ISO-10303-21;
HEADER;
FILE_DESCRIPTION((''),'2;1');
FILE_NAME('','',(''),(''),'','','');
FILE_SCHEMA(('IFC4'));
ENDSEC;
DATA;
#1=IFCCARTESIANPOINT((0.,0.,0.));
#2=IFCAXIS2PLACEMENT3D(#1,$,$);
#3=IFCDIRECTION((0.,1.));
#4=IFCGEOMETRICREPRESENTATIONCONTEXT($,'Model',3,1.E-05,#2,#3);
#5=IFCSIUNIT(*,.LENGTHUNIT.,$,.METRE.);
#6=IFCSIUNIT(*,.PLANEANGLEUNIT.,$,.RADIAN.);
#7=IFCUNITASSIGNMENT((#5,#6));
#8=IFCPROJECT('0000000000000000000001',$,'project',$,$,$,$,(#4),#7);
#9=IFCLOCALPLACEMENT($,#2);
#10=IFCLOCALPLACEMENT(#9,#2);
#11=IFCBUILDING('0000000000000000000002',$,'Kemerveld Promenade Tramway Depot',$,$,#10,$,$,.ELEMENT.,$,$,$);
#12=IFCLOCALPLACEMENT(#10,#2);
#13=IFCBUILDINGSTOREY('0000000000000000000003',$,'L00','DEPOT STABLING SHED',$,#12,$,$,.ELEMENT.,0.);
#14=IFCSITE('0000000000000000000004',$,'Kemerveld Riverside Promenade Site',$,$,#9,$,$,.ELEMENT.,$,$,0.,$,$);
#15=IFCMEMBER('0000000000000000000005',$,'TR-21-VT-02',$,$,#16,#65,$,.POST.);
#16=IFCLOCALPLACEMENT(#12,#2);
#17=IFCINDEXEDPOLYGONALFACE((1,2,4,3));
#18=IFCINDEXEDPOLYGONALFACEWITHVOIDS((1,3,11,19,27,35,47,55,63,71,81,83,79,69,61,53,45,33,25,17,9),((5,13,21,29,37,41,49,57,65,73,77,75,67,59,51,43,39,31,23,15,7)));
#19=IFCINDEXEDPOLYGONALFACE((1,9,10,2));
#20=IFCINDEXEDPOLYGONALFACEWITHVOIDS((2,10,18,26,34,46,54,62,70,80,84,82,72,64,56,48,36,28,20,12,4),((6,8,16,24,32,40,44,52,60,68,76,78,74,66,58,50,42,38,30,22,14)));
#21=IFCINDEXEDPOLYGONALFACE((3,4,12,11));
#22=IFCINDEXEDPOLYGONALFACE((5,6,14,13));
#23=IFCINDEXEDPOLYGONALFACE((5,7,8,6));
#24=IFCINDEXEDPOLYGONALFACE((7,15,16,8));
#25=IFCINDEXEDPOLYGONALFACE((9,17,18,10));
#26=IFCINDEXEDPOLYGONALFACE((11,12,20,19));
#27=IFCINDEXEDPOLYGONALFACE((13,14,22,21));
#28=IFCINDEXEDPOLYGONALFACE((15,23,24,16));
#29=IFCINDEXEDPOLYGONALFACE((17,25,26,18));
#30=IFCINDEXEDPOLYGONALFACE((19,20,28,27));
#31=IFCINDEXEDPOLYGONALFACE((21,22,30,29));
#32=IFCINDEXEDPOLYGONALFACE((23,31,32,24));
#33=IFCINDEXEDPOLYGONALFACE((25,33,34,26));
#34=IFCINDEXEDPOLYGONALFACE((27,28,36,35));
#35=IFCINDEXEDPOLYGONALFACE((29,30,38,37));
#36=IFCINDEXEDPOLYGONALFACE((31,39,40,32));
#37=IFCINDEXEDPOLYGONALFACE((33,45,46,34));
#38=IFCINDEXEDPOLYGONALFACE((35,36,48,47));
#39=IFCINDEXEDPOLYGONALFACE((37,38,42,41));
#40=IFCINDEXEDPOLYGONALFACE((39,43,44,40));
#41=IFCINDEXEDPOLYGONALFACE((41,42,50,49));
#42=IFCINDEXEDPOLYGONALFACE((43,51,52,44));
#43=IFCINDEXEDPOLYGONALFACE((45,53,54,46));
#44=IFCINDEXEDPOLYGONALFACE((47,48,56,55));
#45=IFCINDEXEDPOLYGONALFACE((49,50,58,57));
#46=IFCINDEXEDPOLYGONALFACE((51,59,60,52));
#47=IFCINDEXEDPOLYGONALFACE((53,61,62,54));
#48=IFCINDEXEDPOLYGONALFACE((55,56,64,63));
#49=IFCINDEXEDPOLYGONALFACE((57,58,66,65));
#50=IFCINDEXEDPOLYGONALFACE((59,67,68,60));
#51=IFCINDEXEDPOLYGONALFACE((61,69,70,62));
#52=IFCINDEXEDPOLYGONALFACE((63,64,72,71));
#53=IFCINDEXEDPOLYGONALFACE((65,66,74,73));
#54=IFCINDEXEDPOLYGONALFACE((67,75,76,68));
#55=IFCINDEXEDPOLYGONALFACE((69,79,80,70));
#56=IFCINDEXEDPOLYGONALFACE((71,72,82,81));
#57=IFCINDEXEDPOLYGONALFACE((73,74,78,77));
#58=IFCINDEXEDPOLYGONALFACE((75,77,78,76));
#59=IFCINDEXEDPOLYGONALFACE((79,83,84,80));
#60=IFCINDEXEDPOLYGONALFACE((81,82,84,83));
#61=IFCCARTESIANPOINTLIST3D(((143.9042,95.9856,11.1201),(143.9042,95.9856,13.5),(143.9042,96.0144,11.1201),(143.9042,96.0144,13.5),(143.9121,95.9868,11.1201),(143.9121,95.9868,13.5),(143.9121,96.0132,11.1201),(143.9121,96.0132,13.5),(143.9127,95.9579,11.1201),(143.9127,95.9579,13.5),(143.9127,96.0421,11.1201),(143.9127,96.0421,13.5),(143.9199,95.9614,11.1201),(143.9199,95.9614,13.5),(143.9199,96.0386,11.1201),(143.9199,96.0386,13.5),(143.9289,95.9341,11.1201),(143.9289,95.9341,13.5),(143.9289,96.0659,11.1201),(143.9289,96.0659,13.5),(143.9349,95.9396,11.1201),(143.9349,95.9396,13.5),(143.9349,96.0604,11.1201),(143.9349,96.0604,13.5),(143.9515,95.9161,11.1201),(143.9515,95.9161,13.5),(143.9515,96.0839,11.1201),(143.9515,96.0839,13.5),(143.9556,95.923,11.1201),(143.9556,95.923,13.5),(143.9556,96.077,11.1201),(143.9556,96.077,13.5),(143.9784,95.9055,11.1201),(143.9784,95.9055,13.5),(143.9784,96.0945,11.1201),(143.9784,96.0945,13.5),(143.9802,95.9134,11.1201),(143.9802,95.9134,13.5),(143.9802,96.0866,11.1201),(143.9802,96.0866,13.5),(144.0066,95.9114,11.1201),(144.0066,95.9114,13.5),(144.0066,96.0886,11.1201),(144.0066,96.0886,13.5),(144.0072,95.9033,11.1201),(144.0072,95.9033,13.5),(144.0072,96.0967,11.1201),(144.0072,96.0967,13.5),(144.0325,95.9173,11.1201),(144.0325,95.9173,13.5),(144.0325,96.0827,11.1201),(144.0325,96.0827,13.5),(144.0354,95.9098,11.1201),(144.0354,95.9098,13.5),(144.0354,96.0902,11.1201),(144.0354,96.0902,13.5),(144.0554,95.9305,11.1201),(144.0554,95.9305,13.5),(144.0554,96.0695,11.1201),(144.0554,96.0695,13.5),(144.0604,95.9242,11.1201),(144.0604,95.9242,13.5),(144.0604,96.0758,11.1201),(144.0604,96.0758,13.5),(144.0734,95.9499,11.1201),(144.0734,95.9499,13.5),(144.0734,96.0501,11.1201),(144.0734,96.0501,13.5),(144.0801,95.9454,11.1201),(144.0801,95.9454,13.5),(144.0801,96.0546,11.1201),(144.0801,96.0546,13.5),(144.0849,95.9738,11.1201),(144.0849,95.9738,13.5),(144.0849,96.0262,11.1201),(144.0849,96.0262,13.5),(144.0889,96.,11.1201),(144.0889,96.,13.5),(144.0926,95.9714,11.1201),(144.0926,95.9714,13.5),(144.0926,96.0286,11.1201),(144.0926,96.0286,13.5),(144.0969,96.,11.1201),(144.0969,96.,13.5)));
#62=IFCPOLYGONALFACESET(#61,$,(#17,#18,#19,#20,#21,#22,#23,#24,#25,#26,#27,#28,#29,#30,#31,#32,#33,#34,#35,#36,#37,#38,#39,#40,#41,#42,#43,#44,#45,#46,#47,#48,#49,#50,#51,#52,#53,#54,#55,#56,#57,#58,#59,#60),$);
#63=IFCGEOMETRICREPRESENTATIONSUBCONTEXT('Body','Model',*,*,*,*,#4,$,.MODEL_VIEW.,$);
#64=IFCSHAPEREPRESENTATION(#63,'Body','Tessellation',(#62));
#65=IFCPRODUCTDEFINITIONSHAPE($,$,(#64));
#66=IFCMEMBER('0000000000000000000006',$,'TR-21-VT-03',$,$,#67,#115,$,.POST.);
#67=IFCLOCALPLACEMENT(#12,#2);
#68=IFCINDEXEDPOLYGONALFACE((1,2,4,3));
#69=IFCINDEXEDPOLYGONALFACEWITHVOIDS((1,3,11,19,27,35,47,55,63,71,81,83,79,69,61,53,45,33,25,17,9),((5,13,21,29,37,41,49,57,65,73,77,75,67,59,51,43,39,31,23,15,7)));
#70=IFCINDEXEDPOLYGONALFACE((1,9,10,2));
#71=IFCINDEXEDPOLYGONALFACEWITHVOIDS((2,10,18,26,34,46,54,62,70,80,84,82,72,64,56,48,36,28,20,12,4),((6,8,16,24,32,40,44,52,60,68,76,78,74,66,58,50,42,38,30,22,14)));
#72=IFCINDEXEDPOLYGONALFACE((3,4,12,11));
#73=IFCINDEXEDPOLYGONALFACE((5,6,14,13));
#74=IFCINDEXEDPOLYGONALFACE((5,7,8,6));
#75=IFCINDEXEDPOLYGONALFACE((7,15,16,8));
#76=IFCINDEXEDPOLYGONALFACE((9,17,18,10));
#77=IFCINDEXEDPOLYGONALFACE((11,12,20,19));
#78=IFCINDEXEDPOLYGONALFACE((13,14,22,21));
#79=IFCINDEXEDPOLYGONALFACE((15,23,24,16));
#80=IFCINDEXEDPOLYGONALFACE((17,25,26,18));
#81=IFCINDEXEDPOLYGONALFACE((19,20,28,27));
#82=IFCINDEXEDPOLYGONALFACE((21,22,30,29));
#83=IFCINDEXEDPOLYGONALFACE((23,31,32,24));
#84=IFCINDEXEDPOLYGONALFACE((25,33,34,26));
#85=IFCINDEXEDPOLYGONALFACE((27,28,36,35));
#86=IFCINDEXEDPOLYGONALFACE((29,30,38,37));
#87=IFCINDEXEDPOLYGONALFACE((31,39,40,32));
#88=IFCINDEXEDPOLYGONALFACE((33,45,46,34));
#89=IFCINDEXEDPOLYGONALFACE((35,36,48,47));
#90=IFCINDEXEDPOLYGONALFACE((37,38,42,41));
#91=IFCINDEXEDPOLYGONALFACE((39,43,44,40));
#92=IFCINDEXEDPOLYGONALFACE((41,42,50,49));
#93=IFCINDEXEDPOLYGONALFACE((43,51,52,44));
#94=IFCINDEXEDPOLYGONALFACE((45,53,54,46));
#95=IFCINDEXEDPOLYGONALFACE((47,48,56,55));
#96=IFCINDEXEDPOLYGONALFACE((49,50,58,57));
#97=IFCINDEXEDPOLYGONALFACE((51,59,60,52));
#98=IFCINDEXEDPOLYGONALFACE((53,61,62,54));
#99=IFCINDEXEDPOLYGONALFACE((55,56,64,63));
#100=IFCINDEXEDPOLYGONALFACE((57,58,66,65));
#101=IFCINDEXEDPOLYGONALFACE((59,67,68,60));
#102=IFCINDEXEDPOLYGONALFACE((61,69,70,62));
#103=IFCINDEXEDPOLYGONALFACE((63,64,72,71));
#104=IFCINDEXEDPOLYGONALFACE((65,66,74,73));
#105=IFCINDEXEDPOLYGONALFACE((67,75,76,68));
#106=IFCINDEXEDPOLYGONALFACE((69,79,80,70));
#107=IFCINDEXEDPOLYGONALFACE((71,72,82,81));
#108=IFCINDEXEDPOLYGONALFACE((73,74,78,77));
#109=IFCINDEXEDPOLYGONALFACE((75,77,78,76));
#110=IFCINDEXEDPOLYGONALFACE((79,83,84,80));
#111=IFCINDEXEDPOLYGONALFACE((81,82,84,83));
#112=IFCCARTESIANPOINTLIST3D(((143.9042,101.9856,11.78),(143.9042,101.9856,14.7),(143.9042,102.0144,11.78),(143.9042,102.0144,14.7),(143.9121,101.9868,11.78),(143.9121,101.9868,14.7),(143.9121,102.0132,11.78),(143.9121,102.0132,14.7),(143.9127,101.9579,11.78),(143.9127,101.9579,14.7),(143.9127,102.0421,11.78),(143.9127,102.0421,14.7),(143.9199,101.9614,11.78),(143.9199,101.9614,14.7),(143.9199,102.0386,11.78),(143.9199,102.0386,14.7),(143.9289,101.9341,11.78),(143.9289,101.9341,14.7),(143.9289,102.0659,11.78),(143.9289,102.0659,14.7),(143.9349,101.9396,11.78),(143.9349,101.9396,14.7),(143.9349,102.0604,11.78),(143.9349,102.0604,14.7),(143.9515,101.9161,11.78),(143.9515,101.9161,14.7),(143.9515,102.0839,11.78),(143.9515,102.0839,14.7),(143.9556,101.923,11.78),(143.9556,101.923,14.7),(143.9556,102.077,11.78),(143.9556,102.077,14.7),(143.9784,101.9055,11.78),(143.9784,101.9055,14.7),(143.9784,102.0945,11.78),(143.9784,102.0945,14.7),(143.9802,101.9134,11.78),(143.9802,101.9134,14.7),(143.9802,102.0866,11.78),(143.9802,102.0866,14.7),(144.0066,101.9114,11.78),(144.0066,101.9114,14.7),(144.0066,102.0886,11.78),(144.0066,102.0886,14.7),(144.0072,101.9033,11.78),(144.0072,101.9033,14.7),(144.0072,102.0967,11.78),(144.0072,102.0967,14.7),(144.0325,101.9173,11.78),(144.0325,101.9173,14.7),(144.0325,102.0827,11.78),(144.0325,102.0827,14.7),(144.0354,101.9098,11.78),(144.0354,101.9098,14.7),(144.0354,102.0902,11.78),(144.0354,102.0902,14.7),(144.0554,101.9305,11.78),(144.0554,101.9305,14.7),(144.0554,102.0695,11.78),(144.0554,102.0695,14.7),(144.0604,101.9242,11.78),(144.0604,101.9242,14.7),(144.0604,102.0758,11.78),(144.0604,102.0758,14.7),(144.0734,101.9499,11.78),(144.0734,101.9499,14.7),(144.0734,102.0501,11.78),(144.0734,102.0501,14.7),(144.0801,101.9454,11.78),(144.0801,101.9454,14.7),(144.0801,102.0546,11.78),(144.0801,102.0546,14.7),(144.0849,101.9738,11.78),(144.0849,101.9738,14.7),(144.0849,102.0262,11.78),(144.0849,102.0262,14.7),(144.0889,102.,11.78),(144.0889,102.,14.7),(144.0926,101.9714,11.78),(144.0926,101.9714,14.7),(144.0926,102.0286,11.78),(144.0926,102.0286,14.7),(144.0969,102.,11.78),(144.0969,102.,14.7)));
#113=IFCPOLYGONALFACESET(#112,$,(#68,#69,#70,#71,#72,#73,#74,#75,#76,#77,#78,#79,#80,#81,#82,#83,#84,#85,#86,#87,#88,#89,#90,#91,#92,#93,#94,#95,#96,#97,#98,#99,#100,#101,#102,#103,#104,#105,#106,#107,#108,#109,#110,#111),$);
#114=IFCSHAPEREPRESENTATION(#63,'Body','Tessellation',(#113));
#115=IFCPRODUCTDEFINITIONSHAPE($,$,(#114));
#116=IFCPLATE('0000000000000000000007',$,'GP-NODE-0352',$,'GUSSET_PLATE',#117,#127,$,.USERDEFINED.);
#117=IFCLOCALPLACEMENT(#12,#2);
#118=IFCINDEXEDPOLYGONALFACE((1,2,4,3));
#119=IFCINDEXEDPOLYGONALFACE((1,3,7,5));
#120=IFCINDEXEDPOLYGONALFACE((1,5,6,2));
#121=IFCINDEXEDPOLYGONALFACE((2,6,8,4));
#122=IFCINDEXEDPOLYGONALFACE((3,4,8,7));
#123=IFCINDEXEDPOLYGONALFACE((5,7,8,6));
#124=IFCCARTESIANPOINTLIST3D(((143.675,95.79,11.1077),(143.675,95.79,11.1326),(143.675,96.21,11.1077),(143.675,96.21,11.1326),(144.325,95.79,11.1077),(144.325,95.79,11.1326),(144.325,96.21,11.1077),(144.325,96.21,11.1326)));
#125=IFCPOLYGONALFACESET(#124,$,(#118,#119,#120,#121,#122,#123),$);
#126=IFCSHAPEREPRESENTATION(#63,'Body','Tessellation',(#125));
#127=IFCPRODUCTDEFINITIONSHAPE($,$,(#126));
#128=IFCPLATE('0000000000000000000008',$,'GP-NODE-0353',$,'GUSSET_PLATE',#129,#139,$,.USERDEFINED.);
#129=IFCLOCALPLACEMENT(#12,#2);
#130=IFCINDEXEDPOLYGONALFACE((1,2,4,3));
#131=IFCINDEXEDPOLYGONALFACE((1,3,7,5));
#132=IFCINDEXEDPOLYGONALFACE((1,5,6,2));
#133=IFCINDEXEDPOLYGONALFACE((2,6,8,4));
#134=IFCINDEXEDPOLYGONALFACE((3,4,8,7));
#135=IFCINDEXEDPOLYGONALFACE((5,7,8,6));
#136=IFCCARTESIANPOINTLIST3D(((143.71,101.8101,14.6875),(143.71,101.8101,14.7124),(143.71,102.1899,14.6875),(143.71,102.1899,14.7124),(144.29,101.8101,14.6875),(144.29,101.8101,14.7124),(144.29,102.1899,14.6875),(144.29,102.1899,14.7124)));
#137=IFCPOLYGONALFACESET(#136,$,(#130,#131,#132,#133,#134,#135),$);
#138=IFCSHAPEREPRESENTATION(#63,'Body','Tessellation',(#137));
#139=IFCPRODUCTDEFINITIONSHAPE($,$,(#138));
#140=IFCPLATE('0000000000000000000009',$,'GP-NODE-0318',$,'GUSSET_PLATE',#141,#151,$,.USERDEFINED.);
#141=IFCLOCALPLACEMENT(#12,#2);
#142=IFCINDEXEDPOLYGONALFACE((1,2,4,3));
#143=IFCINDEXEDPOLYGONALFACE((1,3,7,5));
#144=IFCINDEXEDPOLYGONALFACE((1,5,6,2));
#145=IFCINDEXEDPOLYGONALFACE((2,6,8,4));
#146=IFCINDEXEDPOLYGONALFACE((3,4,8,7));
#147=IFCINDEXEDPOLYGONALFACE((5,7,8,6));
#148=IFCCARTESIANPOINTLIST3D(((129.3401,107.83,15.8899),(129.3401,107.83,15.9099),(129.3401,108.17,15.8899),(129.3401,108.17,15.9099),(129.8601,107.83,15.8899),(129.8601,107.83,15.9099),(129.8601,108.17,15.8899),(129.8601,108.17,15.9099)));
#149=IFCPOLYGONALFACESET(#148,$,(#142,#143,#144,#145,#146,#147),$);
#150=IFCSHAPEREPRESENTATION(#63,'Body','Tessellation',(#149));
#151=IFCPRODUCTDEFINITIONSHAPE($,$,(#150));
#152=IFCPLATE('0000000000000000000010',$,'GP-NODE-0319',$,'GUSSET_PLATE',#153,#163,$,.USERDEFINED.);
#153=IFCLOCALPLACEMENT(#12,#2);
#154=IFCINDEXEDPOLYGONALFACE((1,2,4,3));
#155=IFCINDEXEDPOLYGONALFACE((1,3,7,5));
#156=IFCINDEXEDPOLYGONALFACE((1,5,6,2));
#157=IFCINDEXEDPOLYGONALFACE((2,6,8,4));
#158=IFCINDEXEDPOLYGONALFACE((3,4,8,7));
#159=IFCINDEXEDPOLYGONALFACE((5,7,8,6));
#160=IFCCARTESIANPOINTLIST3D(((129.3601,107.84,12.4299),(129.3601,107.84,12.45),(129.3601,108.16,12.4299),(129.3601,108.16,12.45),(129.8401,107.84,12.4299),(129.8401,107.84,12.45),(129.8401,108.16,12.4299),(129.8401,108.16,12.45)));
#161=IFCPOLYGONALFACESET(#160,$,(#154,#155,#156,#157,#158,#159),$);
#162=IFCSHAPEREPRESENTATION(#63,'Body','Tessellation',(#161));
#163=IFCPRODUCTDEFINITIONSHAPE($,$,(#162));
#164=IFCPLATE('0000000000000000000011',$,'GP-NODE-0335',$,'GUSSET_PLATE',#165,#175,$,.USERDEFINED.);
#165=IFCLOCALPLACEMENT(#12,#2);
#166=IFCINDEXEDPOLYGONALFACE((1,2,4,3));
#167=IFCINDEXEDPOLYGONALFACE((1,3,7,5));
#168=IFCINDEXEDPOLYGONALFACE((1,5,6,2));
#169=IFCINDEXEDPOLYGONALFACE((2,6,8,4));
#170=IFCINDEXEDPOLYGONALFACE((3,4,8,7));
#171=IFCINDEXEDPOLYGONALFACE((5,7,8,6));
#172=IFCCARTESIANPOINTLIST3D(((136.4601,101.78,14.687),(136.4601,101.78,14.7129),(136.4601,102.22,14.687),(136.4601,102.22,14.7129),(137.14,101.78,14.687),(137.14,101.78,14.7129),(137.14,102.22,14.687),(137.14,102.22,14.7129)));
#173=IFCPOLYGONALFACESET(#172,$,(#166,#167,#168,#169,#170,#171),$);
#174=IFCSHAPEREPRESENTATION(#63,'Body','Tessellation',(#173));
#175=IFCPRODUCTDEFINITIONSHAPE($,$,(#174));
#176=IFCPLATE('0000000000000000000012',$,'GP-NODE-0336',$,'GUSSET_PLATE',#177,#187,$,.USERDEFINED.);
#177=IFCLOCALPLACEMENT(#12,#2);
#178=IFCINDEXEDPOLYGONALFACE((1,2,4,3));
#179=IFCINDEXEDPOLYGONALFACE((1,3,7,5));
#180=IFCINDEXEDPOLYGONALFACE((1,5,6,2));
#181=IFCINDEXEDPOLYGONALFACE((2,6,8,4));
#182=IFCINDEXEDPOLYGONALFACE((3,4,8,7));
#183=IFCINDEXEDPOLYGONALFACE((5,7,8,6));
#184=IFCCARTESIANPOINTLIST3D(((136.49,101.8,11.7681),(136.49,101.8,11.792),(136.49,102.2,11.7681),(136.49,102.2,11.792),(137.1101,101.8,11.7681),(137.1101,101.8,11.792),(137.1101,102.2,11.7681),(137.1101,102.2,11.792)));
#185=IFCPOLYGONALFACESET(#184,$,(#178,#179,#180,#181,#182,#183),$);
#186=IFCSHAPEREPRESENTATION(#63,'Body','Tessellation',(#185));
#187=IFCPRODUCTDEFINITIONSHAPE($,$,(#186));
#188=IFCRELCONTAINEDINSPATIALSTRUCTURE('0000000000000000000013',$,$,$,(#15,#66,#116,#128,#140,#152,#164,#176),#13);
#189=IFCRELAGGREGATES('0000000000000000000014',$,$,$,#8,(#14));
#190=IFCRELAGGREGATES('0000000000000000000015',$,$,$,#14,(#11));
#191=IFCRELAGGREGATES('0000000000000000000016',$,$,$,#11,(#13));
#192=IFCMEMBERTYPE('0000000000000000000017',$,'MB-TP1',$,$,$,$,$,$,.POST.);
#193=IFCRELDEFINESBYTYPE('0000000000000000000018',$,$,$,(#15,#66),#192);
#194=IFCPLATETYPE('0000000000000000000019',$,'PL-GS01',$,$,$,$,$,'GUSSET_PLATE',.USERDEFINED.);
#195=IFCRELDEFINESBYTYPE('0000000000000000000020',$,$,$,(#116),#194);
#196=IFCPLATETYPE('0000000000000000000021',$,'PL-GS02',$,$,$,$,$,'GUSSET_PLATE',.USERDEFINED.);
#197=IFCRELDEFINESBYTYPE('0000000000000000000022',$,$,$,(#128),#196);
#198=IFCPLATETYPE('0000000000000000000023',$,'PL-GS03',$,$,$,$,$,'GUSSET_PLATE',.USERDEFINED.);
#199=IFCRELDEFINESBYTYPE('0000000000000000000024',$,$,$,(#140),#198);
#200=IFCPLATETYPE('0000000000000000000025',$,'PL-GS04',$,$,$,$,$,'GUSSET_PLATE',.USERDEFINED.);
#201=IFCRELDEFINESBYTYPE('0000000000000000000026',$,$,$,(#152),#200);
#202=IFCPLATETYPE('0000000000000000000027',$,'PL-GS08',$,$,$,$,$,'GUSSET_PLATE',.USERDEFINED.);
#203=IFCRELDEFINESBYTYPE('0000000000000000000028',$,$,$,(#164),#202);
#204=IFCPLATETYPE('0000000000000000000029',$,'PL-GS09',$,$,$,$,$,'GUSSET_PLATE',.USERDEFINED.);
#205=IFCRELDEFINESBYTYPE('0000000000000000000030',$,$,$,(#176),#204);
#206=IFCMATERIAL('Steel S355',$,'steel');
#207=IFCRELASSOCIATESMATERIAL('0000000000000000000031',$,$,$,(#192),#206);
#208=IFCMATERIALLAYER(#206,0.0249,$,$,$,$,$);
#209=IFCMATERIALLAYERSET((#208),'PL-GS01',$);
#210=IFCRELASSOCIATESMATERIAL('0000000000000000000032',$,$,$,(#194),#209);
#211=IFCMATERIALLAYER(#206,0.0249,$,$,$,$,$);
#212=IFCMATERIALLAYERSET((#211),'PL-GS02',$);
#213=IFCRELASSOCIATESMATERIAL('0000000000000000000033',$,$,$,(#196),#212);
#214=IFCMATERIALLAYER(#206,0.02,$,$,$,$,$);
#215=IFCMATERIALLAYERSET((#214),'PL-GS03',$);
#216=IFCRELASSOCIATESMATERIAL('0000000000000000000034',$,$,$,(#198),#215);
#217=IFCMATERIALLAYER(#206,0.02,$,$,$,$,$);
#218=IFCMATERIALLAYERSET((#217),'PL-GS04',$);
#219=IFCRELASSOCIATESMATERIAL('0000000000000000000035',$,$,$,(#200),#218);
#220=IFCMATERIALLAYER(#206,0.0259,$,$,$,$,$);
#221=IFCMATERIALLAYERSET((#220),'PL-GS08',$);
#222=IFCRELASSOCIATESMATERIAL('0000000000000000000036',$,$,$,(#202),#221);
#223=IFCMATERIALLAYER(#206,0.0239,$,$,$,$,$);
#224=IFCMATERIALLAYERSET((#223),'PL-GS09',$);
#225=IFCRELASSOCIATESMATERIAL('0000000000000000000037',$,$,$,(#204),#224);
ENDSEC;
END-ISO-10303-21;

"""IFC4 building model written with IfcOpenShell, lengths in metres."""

from ifc_helpers import new_model, si_unit, direction, frame, origin, origin_2d, place, context, subcontext, project, spatial, rectangle, hollow_circle, extrude, material, layer, layer_set, material_profile, profile_set, type_object, element, save


model = new_model("IFC4")

# Units and contexts
model_context = context("Model", 3, precision=1e-05, world=origin(), true_north=direction((0.0, 1.0)))
body_context = subcontext(model_context, "Body", "Model", "MODEL_VIEW")
ifc_project = project(units=[si_unit("LENGTHUNIT", "METRE"), si_unit("PLANEANGLEUNIT", "RADIAN")], contexts=[model_context])

# Site, building, storey
site_placement = place(None, origin())
site = spatial("IfcSite", under=ifc_project, at=site_placement, Name="Kemerveld Riverside Promenade Site", CompositionType="ELEMENT", RefElevation=0.0)
building_placement = place(site_placement, origin())
building = spatial("IfcBuilding", under=site, at=building_placement, Name="Kemerveld Promenade Tramway Depot", CompositionType="ELEMENT")
storey_placement = place(building_placement, origin())
storey = spatial("IfcBuildingStorey", under=building, at=storey_placement, Name="L00", Description="DEPOT STABLING SHED", CompositionType="ELEMENT", Elevation=0.0)

# Members
ifc_material_1 = material(Name="Steel S355", Category="steel")
ifc_material_profile_1 = material_profile(ifc_material_1, hollow_circle(Radius=0.0969, WallThickness=0.0081, at=origin_2d()), Name="193.7x8.0 CHS")
ifc_profile_set_1 = profile_set([ifc_material_profile_1], Name="Steel S355")
member_type_1 = type_object("IfcMemberType", Name="MB-TP1", PredefinedType="POST", material=ifc_profile_set_1)
member_1_placement = place(storey_placement, frame((144.0, 96.0, 11.1201), z_axis=(0.0, 0.0, 1.0), x_axis=(1.0, 0.0, 0.0)))
element("IfcMember", 1, at=member_1_placement, inside=storey, type_object=member_type_1, Name="TR-21-VT-02", PredefinedType="POST", context=body_context, shape_type="SweptSolid", body=[
    extrude(hollow_circle(Radius=0.0969, WallThickness=0.0081, at=origin_2d()), origin(), (0.0, 0.0, 1.0), 2.3799),
])
member_2_placement = place(storey_placement, frame((144.0, 102.0, 11.78), z_axis=(0.0, 0.0, 1.0), x_axis=(1.0, 0.0, 0.0)))
element("IfcMember", 2, at=member_2_placement, inside=storey, type_object=member_type_1, Name="TR-21-VT-03", PredefinedType="POST", context=body_context, shape_type="SweptSolid", body=[
    extrude(hollow_circle(Radius=0.0969, WallThickness=0.0081, at=origin_2d()), origin(), (0.0, 0.0, 1.0), 2.9199),
])

# Plates
ifc_layer_1 = layer(ifc_material_1, 0.0249)
ifc_layer_set_1 = layer_set([ifc_layer_1], Name="PL-GS01")
plate_type_1 = type_object("IfcPlateType", Name="PL-GS01", ElementType="GUSSET_PLATE", PredefinedType="USERDEFINED", material=ifc_layer_set_1)
plate_1_placement = place(storey_placement, frame((144.0, 96.0, 11.1077), z_axis=(0.0, 0.0, 1.0), x_axis=(1.0, 0.0, 0.0)))
element("IfcPlate", 3, at=plate_1_placement, inside=storey, type_object=plate_type_1, Name="GP-NODE-0352", ObjectType="GUSSET_PLATE", PredefinedType="USERDEFINED", context=body_context, shape_type="SweptSolid", body=[
    extrude(rectangle(XDim=0.6499, YDim=0.4199, at=origin_2d()), origin(), (0.0, 0.0, 1.0), 0.0249),
])
ifc_layer_2 = layer(ifc_material_1, 0.0249)
ifc_layer_set_2 = layer_set([ifc_layer_2], Name="PL-GS02")
plate_type_2 = type_object("IfcPlateType", Name="PL-GS02", ElementType="GUSSET_PLATE", PredefinedType="USERDEFINED", material=ifc_layer_set_2)
plate_2_placement = place(storey_placement, frame((144.0, 102.0, 14.6875), z_axis=(0.0, 0.0, 1.0), x_axis=(1.0, 0.0, 0.0)))
element("IfcPlate", 4, at=plate_2_placement, inside=storey, type_object=plate_type_2, Name="GP-NODE-0353", ObjectType="GUSSET_PLATE", PredefinedType="USERDEFINED", context=body_context, shape_type="SweptSolid", body=[
    extrude(rectangle(XDim=0.5801, YDim=0.3799, at=origin_2d()), origin(), (0.0, 0.0, 1.0), 0.0249),
])
ifc_layer_3 = layer(ifc_material_1, 0.02)
ifc_layer_set_3 = layer_set([ifc_layer_3], Name="PL-GS03")
plate_type_3 = type_object("IfcPlateType", Name="PL-GS03", ElementType="GUSSET_PLATE", PredefinedType="USERDEFINED", material=ifc_layer_set_3)
plate_3_placement = place(storey_placement, frame((129.6001, 108.0, 15.8899), z_axis=(0.0, 0.0, 1.0), x_axis=(1.0, 0.0, 0.0)))
element("IfcPlate", 5, at=plate_3_placement, inside=storey, type_object=plate_type_3, Name="GP-NODE-0318", ObjectType="GUSSET_PLATE", PredefinedType="USERDEFINED", context=body_context, shape_type="SweptSolid", body=[
    extrude(rectangle(XDim=0.52, YDim=0.3401, at=origin_2d()), origin(), (0.0, 0.0, 1.0), 0.02),
])
ifc_layer_4 = layer(ifc_material_1, 0.02)
ifc_layer_set_4 = layer_set([ifc_layer_4], Name="PL-GS04")
plate_type_4 = type_object("IfcPlateType", Name="PL-GS04", ElementType="GUSSET_PLATE", PredefinedType="USERDEFINED", material=ifc_layer_set_4)
plate_4_placement = place(storey_placement, frame((129.6001, 108.0, 12.4299), z_axis=(0.0, 0.0, 1.0), x_axis=(1.0, 0.0, 0.0)))
element("IfcPlate", 6, at=plate_4_placement, inside=storey, type_object=plate_type_4, Name="GP-NODE-0319", ObjectType="GUSSET_PLATE", PredefinedType="USERDEFINED", context=body_context, shape_type="SweptSolid", body=[
    extrude(rectangle(XDim=0.48, YDim=0.3201, at=origin_2d()), origin(), (0.0, 0.0, 1.0), 0.02),
])
ifc_layer_5 = layer(ifc_material_1, 0.0259)
ifc_layer_set_5 = layer_set([ifc_layer_5], Name="PL-GS08")
plate_type_5 = type_object("IfcPlateType", Name="PL-GS08", ElementType="GUSSET_PLATE", PredefinedType="USERDEFINED", material=ifc_layer_set_5)
plate_5_placement = place(storey_placement, frame((136.8, 102.0, 14.687), z_axis=(0.0, 0.0, 1.0), x_axis=(1.0, 0.0, 0.0)))
element("IfcPlate", 7, at=plate_5_placement, inside=storey, type_object=plate_type_5, Name="GP-NODE-0335", ObjectType="GUSSET_PLATE", PredefinedType="USERDEFINED", context=body_context, shape_type="SweptSolid", body=[
    extrude(rectangle(XDim=0.6799, YDim=0.4399, at=origin_2d()), origin(), (0.0, 0.0, 1.0), 0.0259),
])
ifc_layer_6 = layer(ifc_material_1, 0.0239)
ifc_layer_set_6 = layer_set([ifc_layer_6], Name="PL-GS09")
plate_type_6 = type_object("IfcPlateType", Name="PL-GS09", ElementType="GUSSET_PLATE", PredefinedType="USERDEFINED", material=ifc_layer_set_6)
plate_6_placement = place(storey_placement, frame((136.8, 102.0, 11.7681), z_axis=(0.0, 0.0, 1.0), x_axis=(1.0, 0.0, 0.0)))
element("IfcPlate", 8, at=plate_6_placement, inside=storey, type_object=plate_type_6, Name="GP-NODE-0336", ObjectType="GUSSET_PLATE", PredefinedType="USERDEFINED", context=body_context, shape_type="SweptSolid", body=[
    extrude(rectangle(XDim=0.6201, YDim=0.3999, at=origin_2d()), origin(), (0.0, 0.0, 1.0), 0.0239),
])

save(model, "model.ifc")
